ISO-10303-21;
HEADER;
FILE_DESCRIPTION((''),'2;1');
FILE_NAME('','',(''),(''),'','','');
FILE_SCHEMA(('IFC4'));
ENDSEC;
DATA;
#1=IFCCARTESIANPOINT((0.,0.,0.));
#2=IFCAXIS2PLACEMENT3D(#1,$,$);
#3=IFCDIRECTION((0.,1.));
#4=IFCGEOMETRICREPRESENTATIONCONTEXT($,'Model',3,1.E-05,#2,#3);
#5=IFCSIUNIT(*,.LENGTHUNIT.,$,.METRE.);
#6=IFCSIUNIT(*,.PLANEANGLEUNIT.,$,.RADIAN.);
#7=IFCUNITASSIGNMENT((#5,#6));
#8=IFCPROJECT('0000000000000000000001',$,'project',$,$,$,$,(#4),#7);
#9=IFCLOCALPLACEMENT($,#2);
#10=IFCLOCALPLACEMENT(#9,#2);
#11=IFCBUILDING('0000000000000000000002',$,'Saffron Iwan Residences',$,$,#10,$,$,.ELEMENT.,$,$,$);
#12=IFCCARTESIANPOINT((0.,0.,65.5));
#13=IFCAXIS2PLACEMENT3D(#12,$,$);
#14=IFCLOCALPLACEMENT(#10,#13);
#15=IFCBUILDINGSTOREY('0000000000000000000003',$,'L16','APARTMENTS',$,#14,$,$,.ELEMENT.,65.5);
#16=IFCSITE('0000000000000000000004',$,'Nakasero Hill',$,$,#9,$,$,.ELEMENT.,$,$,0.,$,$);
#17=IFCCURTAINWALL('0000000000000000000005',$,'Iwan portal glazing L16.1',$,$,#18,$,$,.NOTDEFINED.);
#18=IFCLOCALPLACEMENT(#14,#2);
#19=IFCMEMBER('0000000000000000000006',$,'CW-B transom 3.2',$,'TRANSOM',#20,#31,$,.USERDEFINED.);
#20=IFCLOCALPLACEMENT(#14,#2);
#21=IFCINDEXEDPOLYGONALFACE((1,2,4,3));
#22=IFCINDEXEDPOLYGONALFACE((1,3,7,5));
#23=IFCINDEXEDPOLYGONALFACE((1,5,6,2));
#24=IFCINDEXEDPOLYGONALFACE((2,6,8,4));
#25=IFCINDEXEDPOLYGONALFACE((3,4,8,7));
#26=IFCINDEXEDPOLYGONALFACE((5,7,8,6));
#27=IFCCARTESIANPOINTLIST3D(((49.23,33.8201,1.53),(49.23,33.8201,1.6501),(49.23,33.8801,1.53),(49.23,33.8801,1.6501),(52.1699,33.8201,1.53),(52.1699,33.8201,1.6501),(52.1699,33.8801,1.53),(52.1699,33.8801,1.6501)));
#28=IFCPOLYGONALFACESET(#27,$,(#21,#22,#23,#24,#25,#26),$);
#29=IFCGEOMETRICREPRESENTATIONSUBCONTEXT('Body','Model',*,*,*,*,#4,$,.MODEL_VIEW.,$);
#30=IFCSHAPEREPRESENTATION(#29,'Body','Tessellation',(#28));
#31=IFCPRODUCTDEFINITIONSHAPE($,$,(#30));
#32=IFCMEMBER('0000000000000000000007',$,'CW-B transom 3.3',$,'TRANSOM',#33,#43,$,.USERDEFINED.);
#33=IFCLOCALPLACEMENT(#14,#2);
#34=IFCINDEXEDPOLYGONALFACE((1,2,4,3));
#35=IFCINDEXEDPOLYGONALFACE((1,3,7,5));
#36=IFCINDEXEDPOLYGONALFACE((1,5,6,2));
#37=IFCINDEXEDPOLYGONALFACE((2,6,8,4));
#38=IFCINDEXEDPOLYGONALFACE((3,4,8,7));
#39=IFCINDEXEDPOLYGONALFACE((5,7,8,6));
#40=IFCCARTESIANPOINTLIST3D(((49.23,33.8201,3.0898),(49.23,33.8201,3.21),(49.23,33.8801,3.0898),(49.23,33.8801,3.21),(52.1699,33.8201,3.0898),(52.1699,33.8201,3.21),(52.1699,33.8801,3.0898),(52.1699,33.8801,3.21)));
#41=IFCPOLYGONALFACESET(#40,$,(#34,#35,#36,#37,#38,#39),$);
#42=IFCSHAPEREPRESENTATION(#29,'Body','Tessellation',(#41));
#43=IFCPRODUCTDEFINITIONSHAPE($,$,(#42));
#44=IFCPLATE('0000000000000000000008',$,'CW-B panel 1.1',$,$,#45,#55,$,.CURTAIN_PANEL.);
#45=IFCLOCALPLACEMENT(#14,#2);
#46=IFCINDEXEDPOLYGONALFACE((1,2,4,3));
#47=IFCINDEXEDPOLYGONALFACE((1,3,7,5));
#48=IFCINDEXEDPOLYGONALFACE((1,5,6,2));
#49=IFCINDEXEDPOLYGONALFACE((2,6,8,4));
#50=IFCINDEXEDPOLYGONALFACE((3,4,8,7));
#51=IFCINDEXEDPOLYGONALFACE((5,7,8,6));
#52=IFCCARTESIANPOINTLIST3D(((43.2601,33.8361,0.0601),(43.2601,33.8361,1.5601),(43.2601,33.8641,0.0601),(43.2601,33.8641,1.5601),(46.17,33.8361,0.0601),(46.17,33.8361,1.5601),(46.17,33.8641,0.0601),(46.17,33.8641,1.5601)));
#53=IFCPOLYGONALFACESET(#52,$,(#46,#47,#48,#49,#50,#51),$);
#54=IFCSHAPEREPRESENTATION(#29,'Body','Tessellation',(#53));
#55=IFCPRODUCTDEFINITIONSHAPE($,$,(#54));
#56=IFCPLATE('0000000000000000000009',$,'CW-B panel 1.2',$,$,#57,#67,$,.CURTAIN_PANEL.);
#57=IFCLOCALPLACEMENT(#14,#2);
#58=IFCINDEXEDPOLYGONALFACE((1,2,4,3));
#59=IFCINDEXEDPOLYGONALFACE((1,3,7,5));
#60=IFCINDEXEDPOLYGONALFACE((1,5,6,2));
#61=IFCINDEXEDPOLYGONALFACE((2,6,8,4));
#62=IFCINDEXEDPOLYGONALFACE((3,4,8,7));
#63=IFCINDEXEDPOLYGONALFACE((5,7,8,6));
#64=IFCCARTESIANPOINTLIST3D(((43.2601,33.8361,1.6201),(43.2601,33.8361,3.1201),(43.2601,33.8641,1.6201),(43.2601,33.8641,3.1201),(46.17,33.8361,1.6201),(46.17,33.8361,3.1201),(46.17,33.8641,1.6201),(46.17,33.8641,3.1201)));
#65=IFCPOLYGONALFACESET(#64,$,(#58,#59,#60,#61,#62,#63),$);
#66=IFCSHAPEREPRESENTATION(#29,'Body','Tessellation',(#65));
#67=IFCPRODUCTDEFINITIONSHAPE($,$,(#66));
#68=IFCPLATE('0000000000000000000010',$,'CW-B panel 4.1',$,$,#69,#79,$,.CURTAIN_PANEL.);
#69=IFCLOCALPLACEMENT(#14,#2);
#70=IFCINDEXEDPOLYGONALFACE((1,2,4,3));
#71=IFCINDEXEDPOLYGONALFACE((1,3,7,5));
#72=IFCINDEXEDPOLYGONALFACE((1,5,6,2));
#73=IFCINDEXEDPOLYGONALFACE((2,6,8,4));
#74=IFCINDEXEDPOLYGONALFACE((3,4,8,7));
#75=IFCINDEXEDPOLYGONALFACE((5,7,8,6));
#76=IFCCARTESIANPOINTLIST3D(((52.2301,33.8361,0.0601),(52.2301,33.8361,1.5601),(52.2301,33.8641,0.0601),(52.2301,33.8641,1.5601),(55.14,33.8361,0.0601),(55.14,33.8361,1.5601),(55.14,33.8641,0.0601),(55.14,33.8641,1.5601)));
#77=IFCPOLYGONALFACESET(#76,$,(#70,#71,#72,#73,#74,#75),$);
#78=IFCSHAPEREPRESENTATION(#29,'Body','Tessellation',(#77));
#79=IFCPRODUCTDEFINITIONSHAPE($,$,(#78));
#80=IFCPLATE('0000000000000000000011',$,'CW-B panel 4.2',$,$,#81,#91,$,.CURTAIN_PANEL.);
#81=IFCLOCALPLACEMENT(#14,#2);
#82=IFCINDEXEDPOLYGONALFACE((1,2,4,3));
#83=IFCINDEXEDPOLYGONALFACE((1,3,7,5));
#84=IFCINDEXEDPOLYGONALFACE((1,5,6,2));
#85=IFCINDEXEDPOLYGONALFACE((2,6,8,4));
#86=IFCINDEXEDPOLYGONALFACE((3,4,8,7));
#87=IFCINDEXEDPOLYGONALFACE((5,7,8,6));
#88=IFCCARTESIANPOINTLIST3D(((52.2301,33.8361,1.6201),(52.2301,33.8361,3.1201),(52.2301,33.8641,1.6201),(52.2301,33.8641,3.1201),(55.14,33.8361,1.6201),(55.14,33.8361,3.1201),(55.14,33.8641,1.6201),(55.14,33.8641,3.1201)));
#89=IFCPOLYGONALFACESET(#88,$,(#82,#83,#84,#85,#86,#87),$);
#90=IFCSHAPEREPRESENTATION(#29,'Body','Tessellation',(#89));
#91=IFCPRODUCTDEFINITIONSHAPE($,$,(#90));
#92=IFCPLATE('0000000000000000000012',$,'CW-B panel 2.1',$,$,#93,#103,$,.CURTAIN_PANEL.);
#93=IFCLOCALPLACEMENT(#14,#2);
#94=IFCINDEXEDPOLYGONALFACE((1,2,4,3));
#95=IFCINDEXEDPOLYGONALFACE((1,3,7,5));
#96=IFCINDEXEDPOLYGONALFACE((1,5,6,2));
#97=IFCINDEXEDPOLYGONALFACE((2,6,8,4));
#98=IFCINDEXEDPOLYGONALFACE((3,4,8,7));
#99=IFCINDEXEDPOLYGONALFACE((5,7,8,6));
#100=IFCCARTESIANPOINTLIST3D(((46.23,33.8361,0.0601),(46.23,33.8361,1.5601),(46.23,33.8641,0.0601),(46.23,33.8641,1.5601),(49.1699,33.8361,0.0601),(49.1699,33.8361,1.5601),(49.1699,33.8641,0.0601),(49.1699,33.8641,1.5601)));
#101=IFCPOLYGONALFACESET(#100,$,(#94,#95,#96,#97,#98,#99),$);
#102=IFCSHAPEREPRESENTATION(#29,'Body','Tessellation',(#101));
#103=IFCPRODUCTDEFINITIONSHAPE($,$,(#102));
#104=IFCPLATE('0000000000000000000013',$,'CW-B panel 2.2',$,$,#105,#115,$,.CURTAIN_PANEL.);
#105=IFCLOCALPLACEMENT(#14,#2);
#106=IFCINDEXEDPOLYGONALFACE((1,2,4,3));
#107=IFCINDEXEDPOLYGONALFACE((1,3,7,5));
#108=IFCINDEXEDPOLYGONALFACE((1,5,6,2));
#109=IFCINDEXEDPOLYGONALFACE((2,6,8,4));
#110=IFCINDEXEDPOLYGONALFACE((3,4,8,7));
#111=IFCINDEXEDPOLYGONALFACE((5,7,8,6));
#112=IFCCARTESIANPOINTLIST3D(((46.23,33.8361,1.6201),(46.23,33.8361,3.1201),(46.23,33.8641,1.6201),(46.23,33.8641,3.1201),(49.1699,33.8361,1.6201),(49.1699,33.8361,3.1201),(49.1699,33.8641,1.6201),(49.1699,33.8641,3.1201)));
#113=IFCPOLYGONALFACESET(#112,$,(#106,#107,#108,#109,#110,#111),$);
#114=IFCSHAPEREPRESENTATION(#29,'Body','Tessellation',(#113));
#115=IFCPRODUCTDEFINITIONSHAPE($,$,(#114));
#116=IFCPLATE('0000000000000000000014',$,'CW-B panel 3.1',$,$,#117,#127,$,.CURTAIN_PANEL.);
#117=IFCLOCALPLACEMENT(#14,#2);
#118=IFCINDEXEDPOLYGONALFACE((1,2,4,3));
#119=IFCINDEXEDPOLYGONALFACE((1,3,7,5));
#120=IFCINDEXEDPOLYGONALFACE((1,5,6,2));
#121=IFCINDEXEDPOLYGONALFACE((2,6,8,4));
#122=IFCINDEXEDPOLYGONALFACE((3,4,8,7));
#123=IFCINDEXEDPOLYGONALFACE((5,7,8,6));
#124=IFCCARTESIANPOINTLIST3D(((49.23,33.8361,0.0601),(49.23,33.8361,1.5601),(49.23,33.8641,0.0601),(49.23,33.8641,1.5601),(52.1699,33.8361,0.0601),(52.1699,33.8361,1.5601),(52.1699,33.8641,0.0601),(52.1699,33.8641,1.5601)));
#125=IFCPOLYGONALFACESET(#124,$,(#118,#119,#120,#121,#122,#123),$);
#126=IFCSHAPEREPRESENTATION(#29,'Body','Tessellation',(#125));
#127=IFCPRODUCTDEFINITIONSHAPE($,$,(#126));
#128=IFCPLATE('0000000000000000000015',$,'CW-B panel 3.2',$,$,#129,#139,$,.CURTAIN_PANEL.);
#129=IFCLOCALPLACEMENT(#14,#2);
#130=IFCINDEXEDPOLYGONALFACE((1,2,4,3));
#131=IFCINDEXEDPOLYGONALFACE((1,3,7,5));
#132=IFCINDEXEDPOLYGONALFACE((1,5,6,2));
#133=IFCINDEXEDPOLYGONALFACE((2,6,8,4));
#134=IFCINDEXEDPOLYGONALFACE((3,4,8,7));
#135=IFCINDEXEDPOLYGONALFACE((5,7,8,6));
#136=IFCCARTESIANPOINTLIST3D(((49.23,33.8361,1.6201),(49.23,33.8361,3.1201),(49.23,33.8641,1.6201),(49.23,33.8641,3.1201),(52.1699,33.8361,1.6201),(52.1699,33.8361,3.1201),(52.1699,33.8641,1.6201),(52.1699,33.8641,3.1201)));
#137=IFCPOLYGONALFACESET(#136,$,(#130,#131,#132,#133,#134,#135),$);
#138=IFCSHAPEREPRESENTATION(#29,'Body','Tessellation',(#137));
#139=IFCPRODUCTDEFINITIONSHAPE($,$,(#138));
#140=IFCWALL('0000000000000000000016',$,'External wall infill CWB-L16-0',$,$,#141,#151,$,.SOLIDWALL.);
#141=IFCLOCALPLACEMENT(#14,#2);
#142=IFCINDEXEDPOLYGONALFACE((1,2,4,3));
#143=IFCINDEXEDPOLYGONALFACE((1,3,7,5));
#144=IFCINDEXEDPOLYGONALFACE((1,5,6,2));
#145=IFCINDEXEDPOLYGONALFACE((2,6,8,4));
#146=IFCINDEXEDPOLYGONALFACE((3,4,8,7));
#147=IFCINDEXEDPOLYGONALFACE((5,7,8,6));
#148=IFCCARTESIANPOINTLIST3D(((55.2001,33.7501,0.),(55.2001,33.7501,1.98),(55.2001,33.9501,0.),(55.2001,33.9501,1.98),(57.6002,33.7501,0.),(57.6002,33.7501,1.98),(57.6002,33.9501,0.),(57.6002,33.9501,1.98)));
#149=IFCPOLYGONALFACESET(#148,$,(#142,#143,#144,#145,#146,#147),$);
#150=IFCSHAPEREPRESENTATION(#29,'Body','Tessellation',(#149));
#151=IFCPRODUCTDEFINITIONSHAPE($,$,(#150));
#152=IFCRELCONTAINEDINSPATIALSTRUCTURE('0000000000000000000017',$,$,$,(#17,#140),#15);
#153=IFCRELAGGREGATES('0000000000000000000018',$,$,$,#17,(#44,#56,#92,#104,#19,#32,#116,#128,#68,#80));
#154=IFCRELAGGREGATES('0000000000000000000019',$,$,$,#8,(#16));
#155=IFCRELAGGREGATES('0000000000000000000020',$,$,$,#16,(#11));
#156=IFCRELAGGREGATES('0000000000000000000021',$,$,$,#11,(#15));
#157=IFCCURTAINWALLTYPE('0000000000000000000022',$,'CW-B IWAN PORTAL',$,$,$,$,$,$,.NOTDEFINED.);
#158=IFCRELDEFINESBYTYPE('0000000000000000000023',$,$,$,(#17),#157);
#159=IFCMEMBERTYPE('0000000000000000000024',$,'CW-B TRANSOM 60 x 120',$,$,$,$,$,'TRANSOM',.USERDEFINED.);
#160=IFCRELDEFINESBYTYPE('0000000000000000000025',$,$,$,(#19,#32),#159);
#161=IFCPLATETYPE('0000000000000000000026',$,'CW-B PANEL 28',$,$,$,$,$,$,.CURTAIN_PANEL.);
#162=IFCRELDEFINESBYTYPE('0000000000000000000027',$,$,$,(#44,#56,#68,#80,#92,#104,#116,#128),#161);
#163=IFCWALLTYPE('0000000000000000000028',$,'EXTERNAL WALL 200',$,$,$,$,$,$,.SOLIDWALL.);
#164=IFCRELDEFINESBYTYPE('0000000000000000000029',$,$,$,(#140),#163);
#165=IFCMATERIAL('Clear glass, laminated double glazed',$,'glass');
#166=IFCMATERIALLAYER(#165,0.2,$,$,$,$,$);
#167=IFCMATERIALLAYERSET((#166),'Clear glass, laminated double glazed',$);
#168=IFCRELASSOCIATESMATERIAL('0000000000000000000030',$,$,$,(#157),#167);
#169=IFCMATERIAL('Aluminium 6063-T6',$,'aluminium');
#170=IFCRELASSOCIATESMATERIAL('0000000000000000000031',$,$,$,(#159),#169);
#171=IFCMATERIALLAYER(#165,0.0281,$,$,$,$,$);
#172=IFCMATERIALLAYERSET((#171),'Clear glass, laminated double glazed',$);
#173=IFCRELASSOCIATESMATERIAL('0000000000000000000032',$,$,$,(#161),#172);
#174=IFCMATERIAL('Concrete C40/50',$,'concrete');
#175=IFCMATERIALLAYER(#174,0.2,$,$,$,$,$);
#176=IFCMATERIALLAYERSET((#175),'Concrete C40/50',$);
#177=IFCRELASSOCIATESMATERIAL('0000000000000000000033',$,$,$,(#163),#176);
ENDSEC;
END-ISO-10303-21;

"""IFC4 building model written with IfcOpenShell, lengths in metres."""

from ifc_helpers import new_model, si_unit, direction, frame, frame_2d, origin, origin_2d, place, context, subcontext, project, spatial, rectangle, extrude, source, transform, mapped, material, layer, layer_set, material_profile, profile_set, type_object, element, aggregate, save


model = new_model("IFC4")

# Units and contexts
model_context = context("Model", 3, precision=1e-05, world=origin(), true_north=direction((0.0, 1.0)))
body_context = subcontext(model_context, "Body", "Model", "MODEL_VIEW")
ifc_project = project(units=[si_unit("LENGTHUNIT", "METRE"), si_unit("PLANEANGLEUNIT", "RADIAN")], contexts=[model_context])

# Site, building, storey
site_placement = place(None, origin())
site = spatial("IfcSite", under=ifc_project, at=site_placement, Name="Nakasero Hill", CompositionType="ELEMENT", RefElevation=0.0)
building_placement = place(site_placement, origin())
building = spatial("IfcBuilding", under=site, at=building_placement, Name="Saffron Iwan Residences", CompositionType="ELEMENT")
storey_placement = place(building_placement, frame((0.0, 0.0, 65.5)))
storey = spatial("IfcBuildingStorey", under=building, at=storey_placement, Name="L16", Description="APARTMENTS", CompositionType="ELEMENT", Elevation=65.5)

# Curtain wall, members, plates
ifc_material_1 = material(Name="Clear glass, laminated double glazed", Category="glass")
ifc_layer_1 = layer(ifc_material_1, 0.2)
ifc_layer_set_1 = layer_set([ifc_layer_1], Name="Clear glass, laminated double glazed")
curtain_wall_type = type_object("IfcCurtainWallType", Name="CW-B IWAN PORTAL", PredefinedType="NOTDEFINED", material=ifc_layer_set_1)
curtain_wall_placement = place(storey_placement, origin())
curtain_wall = element("IfcCurtainWall", 1, at=curtain_wall_placement, inside=storey, type_object=curtain_wall_type, Name="Iwan portal glazing L16.1", PredefinedType="NOTDEFINED")
ifc_material_2 = material(Name="Aluminium 6063-T6", Category="aluminium")
ifc_material_profile_1 = material_profile(ifc_material_2, rectangle(XDim=0.0601, YDim=0.1201, at=origin_2d()), Name="CW-B TRANSOM 60 x 120")
ifc_profile_set_1 = profile_set([ifc_material_profile_1], Name="Aluminium 6063-T6")
member_type_1 = type_object("IfcMemberType", Name="CW-B TRANSOM 60 x 120", ElementType="TRANSOM", PredefinedType="USERDEFINED", material=ifc_profile_set_1)
shared_shape_1 = source(origin(), body_context, "Body", "SweptSolid", [
    extrude(rectangle(XDim=0.0601, YDim=0.1201, at=origin_2d()), origin(), (0.0, 0.0, 1.0), 2.9399),
])
member_1_placement = place(storey_placement, frame((49.23, 33.8501, 1.5901), z_axis=(1.0, 0.0, 0.0), x_axis=(0.0, 1.0, 0.0)))
member_1 = element("IfcMember", 2, at=member_1_placement, type_object=member_type_1, Name="CW-B transom 3.2", ObjectType="TRANSOM", PredefinedType="USERDEFINED", context=body_context, shape_type="MappedRepresentation", body=[
    mapped(shared_shape_1, transform((0.0, 0.0, 0.0))),
])
member_2_placement = place(storey_placement, frame((49.23, 33.8501, 3.1499), z_axis=(1.0, 0.0, 0.0), x_axis=(0.0, 1.0, 0.0)))
member_2 = element("IfcMember", 3, at=member_2_placement, type_object=member_type_1, Name="CW-B transom 3.3", ObjectType="TRANSOM", PredefinedType="USERDEFINED", context=body_context, shape_type="MappedRepresentation", body=[
    mapped(shared_shape_1, transform((0.0, 0.0, 0.0))),
])
ifc_layer_2 = layer(ifc_material_1, 0.0281)
ifc_layer_set_2 = layer_set([ifc_layer_2], Name="Clear glass, laminated double glazed")
plate_type = type_object("IfcPlateType", Name="CW-B PANEL 28", PredefinedType="CURTAIN_PANEL", material=ifc_layer_set_2)
shared_shape_2 = source(origin(), body_context, "Body", "SweptSolid", [
    extrude(rectangle(XDim=2.9099, YDim=0.0281, at=origin_2d()), origin(), (0.0, 0.0, 1.0), 1.5),
])
plate_1_placement = place(storey_placement, frame((44.7151, 33.8501, 0.0601), z_axis=(0.0, 0.0, 1.0), x_axis=(1.0, 0.0, 0.0)))
plate_1 = element("IfcPlate", 4, at=plate_1_placement, type_object=plate_type, Name="CW-B panel 1.1", PredefinedType="CURTAIN_PANEL", context=body_context, shape_type="MappedRepresentation", body=[
    mapped(shared_shape_2, transform((0.0, 0.0, 0.0))),
])
plate_2_placement = place(storey_placement, frame((44.7151, 33.8501, 1.6201), z_axis=(0.0, 0.0, 1.0), x_axis=(1.0, 0.0, 0.0)))
plate_2 = element("IfcPlate", 5, at=plate_2_placement, type_object=plate_type, Name="CW-B panel 1.2", PredefinedType="CURTAIN_PANEL", context=body_context, shape_type="MappedRepresentation", body=[
    mapped(shared_shape_2, transform((0.0, 0.0, 0.0))),
])
plate_3_placement = place(storey_placement, frame((53.6851, 33.8501, 0.0601), z_axis=(0.0, 0.0, 1.0), x_axis=(1.0, 0.0, 0.0)))
plate_3 = element("IfcPlate", 6, at=plate_3_placement, type_object=plate_type, Name="CW-B panel 4.1", PredefinedType="CURTAIN_PANEL", context=body_context, shape_type="MappedRepresentation", body=[
    mapped(shared_shape_2, transform((0.0, 0.0, 0.0))),
])
plate_4_placement = place(storey_placement, frame((53.6851, 33.8501, 1.6201), z_axis=(0.0, 0.0, 1.0), x_axis=(1.0, 0.0, 0.0)))
plate_4 = element("IfcPlate", 7, at=plate_4_placement, type_object=plate_type, Name="CW-B panel 4.2", PredefinedType="CURTAIN_PANEL", context=body_context, shape_type="MappedRepresentation", body=[
    mapped(shared_shape_2, transform((0.0, 0.0, 0.0))),
])
shared_shape_3 = source(origin(), body_context, "Body", "SweptSolid", [
    extrude(rectangle(XDim=2.9399, YDim=0.0281, at=origin_2d()), origin(), (0.0, 0.0, 1.0), 1.5),
])
plate_5_placement = place(storey_placement, frame((47.7, 33.8501, 0.0601), z_axis=(0.0, 0.0, 1.0), x_axis=(1.0, 0.0, 0.0)))
plate_5 = element("IfcPlate", 8, at=plate_5_placement, type_object=plate_type, Name="CW-B panel 2.1", PredefinedType="CURTAIN_PANEL", context=body_context, shape_type="MappedRepresentation", body=[
    mapped(shared_shape_3, transform((0.0, 0.0, 0.0))),
])
plate_6_placement = place(storey_placement, frame((47.7, 33.8501, 1.6201), z_axis=(0.0, 0.0, 1.0), x_axis=(1.0, 0.0, 0.0)))
plate_6 = element("IfcPlate", 9, at=plate_6_placement, type_object=plate_type, Name="CW-B panel 2.2", PredefinedType="CURTAIN_PANEL", context=body_context, shape_type="MappedRepresentation", body=[
    mapped(shared_shape_3, transform((0.0, 0.0, 0.0))),
])
plate_7_placement = place(storey_placement, frame((50.7, 33.8501, 0.0601), z_axis=(0.0, 0.0, 1.0), x_axis=(1.0, 0.0, 0.0)))
plate_7 = element("IfcPlate", 10, at=plate_7_placement, type_object=plate_type, Name="CW-B panel 3.1", PredefinedType="CURTAIN_PANEL", context=body_context, shape_type="MappedRepresentation", body=[
    mapped(shared_shape_3, transform((0.0, 0.0, 0.0))),
])
plate_8_placement = place(storey_placement, frame((50.7, 33.8501, 1.6201), z_axis=(0.0, 0.0, 1.0), x_axis=(1.0, 0.0, 0.0)))
plate_8 = element("IfcPlate", 11, at=plate_8_placement, type_object=plate_type, Name="CW-B panel 3.2", PredefinedType="CURTAIN_PANEL", context=body_context, shape_type="MappedRepresentation", body=[
    mapped(shared_shape_3, transform((0.0, 0.0, 0.0))),
])
aggregate(curtain_wall, [plate_1, plate_2, plate_5, plate_6, member_1, member_2, plate_7, plate_8, plate_3, plate_4])

# Wall
ifc_material_3 = material(Name="Concrete C40/50", Category="concrete")
ifc_layer_3 = layer(ifc_material_3, 0.2)
ifc_layer_set_3 = layer_set([ifc_layer_3], Name="Concrete C40/50")
wall_type = type_object("IfcWallType", Name="EXTERNAL WALL 200", PredefinedType="SOLIDWALL", material=ifc_layer_set_3)
wall_placement = place(storey_placement, frame((55.2, 33.8501, 0.0), z_axis=(0.0, 0.0, 1.0), x_axis=(1.0, 0.0, 0.0)))
element("IfcWall", 12, at=wall_placement, inside=storey, type_object=wall_type, Name="External wall infill CWB-L16-0", PredefinedType="SOLIDWALL", context=body_context, shape_type="SweptSolid", body=[
    extrude(rectangle(XDim=2.4001, YDim=0.2, at=frame_2d((1.2002, 0.0))), origin(), (0.0, 0.0, 1.0), 1.98),
])

save(model, "model.ifc")
